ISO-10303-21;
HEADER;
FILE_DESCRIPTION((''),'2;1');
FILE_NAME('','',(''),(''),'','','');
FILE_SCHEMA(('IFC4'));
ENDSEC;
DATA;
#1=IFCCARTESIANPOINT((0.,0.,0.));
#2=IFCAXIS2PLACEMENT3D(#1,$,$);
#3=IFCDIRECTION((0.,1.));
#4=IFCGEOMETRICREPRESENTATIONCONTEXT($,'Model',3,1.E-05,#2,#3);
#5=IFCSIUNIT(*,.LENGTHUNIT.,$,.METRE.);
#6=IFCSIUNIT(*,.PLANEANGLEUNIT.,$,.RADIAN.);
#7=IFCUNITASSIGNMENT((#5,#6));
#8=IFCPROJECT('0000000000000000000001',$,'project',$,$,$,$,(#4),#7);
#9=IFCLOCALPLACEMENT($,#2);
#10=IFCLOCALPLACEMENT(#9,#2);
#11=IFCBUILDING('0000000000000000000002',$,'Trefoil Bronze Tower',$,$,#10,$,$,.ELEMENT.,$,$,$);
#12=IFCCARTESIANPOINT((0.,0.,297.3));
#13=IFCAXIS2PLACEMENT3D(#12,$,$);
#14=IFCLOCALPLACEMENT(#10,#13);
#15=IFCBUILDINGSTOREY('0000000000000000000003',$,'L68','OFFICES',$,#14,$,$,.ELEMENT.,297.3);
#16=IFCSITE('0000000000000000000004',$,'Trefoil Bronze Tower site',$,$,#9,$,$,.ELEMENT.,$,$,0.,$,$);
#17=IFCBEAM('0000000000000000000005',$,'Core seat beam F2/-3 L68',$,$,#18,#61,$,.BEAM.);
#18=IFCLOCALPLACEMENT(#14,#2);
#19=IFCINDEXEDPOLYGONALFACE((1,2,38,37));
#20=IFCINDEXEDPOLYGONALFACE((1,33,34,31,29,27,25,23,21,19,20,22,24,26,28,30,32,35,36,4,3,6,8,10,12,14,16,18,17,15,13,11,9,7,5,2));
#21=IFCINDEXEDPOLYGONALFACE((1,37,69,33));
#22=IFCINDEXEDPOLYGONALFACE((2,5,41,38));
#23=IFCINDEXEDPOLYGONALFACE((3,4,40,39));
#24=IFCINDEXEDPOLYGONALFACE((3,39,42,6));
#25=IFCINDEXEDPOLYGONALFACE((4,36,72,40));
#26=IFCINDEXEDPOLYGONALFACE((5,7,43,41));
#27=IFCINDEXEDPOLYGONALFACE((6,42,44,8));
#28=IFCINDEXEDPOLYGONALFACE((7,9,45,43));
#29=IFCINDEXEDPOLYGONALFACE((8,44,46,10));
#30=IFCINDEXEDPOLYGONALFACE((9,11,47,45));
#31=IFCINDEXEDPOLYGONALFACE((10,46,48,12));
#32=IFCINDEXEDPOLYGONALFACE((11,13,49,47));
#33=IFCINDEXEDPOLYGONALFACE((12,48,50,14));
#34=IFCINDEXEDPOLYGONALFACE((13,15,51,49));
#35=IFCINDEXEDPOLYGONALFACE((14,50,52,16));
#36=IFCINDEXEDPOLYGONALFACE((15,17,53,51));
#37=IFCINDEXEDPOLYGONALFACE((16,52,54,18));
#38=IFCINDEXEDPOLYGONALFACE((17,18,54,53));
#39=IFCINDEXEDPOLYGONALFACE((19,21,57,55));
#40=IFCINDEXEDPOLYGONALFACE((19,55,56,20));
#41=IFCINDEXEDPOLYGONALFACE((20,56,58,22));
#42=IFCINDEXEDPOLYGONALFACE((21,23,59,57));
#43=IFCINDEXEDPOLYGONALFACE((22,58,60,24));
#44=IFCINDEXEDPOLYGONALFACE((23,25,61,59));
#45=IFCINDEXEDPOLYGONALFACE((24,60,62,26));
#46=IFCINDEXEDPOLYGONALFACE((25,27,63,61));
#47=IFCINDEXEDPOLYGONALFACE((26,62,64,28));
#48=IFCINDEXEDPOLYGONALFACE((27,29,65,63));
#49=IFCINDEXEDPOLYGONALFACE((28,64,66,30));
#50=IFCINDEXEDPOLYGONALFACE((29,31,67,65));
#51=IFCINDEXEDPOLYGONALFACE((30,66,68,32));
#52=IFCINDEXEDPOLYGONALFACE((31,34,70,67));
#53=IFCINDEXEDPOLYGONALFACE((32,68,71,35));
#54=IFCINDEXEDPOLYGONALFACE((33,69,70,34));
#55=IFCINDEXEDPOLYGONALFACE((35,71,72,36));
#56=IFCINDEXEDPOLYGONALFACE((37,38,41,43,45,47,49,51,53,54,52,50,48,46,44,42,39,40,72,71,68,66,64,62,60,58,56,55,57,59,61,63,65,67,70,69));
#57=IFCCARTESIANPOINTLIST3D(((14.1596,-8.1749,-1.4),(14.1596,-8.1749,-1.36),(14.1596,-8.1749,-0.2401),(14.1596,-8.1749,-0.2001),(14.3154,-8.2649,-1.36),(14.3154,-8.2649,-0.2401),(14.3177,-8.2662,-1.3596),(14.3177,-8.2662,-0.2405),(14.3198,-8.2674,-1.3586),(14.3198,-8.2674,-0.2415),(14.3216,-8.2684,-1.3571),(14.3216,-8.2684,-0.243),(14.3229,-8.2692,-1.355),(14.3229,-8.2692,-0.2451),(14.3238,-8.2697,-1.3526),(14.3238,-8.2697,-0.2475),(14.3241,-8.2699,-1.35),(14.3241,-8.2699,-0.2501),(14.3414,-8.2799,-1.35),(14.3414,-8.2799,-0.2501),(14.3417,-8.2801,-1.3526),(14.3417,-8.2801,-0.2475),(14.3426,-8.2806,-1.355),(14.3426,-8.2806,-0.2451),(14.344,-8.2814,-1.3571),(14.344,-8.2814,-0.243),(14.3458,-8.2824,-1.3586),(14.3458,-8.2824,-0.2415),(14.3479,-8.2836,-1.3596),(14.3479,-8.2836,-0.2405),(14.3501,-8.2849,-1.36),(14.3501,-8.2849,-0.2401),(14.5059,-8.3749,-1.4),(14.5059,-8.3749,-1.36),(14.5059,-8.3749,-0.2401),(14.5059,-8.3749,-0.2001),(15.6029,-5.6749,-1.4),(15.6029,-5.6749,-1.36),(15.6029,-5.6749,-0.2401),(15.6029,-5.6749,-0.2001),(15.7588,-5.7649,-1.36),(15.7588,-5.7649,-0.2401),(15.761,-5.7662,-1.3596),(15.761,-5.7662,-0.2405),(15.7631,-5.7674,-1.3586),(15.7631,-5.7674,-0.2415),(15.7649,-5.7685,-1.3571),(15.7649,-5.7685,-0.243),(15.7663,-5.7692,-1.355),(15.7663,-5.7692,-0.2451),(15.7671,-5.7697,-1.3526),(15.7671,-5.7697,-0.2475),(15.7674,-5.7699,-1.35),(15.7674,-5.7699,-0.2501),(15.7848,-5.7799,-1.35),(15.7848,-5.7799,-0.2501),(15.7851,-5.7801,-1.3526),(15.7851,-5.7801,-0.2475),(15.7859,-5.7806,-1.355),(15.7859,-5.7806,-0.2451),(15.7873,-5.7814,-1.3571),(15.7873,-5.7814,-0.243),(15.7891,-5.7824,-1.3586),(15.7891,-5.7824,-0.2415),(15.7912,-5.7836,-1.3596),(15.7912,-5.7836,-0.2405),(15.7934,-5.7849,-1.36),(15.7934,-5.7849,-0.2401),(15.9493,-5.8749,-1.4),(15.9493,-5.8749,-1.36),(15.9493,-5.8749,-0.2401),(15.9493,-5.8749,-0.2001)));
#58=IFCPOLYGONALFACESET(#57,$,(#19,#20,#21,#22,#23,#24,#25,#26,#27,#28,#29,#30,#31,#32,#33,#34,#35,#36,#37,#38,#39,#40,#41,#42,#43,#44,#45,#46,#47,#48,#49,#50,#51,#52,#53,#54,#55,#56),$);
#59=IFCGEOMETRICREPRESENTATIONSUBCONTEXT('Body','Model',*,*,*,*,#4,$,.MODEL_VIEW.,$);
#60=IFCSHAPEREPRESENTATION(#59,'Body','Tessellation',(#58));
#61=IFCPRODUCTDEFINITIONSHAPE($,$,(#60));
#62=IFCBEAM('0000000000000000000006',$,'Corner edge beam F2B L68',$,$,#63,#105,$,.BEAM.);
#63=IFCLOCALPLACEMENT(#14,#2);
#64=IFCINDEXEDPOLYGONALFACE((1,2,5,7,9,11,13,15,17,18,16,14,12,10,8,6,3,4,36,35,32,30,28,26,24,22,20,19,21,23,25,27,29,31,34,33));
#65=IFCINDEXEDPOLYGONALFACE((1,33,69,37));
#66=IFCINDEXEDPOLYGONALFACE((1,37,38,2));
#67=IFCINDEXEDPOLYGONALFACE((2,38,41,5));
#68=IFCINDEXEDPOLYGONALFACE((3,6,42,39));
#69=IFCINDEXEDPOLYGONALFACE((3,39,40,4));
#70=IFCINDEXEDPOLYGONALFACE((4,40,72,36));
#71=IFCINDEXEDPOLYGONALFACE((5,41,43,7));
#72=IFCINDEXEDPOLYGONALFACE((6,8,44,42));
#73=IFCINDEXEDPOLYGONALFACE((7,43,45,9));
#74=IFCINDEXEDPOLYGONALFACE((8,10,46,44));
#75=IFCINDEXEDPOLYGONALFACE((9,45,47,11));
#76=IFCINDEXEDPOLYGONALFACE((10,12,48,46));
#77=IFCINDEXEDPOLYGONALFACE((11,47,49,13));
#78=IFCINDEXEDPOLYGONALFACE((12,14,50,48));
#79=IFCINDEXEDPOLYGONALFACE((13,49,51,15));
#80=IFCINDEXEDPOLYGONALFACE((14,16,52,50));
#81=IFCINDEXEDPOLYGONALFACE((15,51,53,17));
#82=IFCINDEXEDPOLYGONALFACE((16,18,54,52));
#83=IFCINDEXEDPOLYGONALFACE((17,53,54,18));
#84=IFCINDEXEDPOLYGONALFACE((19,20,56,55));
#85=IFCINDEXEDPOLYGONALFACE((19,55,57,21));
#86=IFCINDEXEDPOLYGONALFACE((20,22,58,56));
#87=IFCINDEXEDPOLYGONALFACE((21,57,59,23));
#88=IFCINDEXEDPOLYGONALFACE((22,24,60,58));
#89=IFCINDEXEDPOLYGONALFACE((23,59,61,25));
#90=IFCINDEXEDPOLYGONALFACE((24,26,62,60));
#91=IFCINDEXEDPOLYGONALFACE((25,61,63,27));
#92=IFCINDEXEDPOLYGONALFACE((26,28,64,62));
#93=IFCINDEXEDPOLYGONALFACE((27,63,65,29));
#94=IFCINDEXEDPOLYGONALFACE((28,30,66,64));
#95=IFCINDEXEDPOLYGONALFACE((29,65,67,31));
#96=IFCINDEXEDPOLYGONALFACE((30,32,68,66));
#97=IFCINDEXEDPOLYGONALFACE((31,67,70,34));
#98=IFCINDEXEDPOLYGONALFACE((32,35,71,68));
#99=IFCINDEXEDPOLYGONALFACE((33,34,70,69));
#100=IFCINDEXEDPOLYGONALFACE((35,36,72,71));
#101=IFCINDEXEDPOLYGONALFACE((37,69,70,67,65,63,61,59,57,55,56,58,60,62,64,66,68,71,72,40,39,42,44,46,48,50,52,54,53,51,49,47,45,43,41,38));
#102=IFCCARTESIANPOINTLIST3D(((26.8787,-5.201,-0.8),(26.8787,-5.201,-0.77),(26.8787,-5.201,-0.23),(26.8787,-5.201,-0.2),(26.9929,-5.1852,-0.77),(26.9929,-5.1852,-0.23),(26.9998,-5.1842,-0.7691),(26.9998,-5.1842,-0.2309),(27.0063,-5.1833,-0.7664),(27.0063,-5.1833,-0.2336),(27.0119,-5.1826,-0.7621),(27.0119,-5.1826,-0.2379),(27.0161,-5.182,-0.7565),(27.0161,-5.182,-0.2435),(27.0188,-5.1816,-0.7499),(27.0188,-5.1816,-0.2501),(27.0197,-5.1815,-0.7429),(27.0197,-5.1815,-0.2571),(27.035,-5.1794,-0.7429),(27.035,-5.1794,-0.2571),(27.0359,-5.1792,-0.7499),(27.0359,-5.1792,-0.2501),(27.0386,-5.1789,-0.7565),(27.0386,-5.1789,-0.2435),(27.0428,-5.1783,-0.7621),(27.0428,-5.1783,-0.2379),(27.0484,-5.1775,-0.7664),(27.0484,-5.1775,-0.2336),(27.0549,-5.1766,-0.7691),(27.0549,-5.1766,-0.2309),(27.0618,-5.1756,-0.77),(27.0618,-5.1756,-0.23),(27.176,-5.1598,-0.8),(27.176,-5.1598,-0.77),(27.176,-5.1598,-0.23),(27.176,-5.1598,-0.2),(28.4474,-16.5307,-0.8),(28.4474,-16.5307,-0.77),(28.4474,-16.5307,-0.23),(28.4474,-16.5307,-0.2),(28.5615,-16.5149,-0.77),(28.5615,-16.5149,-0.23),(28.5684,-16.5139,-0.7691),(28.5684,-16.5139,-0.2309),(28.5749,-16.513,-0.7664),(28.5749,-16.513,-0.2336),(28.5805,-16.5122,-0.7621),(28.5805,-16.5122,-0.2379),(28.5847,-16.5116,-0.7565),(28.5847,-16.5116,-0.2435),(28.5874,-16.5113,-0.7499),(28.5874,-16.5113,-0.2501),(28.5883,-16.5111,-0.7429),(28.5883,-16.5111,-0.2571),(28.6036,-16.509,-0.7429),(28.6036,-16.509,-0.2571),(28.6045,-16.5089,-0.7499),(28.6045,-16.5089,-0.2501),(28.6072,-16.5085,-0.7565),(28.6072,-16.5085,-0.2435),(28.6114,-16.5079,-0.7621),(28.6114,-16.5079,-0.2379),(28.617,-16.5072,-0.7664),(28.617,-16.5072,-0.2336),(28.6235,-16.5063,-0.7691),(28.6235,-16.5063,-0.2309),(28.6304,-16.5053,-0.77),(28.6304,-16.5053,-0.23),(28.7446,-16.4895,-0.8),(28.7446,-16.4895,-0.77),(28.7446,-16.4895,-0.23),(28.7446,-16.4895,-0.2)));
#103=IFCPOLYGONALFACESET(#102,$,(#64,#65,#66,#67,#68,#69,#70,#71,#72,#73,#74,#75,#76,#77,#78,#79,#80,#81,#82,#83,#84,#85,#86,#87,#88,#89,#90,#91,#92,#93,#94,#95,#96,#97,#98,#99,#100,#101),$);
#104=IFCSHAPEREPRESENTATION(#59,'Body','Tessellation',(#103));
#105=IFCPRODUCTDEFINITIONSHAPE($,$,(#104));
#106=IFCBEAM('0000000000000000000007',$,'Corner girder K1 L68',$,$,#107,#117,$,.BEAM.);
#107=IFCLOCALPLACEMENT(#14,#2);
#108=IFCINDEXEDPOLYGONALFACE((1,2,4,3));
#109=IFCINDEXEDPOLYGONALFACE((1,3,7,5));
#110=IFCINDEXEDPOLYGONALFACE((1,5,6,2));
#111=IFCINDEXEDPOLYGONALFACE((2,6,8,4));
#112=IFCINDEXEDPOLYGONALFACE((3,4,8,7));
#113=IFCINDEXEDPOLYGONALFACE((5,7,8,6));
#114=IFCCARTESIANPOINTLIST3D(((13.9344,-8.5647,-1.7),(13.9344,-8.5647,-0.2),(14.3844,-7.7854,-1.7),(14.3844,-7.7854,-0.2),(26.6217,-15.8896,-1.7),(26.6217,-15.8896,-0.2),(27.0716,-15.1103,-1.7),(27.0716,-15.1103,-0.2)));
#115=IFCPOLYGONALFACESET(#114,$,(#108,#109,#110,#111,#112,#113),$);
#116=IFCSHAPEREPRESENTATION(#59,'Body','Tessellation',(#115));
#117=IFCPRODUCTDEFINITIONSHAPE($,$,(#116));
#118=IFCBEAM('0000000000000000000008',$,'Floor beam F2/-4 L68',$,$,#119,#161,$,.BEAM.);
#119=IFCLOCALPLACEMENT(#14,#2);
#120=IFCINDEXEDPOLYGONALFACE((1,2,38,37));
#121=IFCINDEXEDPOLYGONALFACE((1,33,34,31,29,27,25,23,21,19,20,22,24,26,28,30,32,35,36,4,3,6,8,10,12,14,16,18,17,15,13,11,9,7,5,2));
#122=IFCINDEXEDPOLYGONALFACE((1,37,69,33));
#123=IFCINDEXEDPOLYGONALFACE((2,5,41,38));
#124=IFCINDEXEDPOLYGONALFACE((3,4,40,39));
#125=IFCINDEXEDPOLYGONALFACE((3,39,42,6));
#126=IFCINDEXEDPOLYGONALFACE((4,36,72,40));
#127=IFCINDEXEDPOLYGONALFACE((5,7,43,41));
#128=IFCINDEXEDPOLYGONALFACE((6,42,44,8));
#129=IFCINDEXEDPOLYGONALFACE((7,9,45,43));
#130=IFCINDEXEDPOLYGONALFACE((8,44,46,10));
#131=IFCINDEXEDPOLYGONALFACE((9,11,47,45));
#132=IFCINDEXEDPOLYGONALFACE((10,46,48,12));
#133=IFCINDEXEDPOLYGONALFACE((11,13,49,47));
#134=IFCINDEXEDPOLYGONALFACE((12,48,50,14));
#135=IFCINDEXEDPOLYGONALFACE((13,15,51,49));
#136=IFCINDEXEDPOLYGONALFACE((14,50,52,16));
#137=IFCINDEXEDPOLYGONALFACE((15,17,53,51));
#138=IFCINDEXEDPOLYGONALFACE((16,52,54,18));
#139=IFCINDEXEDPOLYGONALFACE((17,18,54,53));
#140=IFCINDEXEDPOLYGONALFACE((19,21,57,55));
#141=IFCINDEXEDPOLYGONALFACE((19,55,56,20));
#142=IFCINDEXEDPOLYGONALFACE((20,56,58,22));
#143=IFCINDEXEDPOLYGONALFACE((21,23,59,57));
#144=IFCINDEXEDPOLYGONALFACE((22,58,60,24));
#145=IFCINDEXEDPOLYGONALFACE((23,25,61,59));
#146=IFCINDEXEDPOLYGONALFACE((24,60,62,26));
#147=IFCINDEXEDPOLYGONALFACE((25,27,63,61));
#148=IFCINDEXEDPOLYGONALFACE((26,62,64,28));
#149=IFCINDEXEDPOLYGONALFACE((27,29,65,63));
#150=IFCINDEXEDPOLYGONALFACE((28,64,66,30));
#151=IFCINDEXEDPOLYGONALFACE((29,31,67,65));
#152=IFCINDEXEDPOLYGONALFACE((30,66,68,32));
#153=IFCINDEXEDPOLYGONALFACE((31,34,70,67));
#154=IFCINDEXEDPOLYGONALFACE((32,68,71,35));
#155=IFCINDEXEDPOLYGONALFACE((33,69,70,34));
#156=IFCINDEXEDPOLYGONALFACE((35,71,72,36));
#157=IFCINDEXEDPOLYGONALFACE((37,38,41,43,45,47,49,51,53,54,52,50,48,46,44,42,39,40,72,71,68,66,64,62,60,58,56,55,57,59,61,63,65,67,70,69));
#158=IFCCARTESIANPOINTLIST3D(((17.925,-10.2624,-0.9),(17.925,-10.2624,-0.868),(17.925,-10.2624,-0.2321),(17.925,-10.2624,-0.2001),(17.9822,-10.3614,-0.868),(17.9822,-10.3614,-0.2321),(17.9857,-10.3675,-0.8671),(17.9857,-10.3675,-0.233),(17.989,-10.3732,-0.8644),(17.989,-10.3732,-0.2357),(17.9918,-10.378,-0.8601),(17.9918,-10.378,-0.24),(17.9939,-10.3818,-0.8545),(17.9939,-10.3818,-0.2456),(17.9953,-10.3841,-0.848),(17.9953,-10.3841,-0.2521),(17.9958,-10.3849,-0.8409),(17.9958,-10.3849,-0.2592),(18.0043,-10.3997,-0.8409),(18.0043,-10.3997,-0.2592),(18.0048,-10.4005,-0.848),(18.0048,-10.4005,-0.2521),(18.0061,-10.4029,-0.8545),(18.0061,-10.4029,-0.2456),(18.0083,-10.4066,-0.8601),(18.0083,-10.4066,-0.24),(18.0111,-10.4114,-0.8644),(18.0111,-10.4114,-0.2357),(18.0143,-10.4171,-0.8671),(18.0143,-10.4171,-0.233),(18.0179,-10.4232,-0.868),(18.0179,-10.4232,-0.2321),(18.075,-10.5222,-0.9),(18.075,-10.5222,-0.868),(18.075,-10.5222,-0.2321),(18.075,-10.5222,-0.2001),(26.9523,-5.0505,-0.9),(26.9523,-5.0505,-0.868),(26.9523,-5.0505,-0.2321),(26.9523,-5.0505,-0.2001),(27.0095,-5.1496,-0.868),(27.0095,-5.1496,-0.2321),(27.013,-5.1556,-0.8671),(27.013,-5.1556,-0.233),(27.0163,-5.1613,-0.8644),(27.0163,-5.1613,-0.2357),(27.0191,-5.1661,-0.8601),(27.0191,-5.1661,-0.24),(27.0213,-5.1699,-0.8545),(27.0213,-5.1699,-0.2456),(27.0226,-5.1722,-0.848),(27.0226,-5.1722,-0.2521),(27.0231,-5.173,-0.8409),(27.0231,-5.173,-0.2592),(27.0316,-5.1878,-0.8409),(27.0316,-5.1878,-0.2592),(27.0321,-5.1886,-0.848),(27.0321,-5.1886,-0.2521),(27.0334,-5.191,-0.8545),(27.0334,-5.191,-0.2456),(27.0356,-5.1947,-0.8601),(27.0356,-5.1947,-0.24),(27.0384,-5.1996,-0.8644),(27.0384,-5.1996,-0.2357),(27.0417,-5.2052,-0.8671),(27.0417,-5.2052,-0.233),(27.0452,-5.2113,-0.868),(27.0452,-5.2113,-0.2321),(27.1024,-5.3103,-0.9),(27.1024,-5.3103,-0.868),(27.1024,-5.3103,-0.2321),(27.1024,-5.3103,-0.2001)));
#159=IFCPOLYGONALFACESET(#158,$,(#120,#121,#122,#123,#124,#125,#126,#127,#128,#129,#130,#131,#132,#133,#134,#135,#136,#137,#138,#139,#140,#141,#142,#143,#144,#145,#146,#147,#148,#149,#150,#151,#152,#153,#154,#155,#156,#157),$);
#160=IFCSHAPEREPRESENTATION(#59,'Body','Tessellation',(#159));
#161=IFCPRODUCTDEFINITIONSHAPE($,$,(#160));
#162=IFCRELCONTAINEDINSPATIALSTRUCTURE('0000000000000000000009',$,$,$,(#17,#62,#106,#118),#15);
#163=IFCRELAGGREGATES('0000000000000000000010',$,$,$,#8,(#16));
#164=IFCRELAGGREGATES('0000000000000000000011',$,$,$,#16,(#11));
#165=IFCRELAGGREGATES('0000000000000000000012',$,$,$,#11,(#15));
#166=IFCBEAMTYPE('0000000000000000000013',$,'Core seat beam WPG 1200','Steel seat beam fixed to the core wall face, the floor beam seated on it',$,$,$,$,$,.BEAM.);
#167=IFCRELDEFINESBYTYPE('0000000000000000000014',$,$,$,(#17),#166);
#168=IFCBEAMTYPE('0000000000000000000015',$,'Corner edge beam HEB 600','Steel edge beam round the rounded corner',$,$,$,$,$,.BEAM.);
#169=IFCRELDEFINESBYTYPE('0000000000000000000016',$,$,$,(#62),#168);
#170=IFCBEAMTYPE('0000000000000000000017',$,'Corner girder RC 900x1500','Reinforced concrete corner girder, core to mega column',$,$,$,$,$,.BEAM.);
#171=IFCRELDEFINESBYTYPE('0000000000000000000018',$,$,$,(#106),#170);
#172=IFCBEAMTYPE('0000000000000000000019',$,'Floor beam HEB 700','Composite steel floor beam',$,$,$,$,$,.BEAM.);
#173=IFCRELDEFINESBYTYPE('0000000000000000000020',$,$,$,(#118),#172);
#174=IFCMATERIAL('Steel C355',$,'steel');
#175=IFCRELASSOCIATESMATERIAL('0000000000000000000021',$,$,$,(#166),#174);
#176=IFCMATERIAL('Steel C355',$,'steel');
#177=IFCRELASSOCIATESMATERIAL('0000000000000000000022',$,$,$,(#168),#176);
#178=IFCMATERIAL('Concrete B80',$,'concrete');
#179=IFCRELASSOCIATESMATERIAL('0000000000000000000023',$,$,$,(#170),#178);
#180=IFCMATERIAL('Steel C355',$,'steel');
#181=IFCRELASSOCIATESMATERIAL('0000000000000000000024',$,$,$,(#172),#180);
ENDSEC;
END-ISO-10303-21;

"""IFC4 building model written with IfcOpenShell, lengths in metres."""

from ifc_helpers import new_model, si_unit, direction, frame, origin, origin_2d, place, context, subcontext, project, spatial, rectangle, i_section, extrude, material, material_profile, profile_set, type_object, element, save


model = new_model("IFC4")

# Units and contexts
model_context = context("Model", 3, precision=1e-05, world=origin(), true_north=direction((0.0, 1.0)))
body_context = subcontext(model_context, "Body", "Model", "MODEL_VIEW")
ifc_project = project(units=[si_unit("LENGTHUNIT", "METRE"), si_unit("PLANEANGLEUNIT", "RADIAN")], contexts=[model_context])

# Site, building, storey
site_placement = place(None, origin())
site = spatial("IfcSite", under=ifc_project, at=site_placement, Name="Trefoil Bronze Tower site", CompositionType="ELEMENT", RefElevation=0.0)
building_placement = place(site_placement, origin())
building = spatial("IfcBuilding", under=site, at=building_placement, Name="Trefoil Bronze Tower", CompositionType="ELEMENT")
storey_placement = place(building_placement, frame((0.0, 0.0, 297.3)))
storey = spatial("IfcBuildingStorey", under=building, at=storey_placement, Name="L68", Description="OFFICES", CompositionType="ELEMENT", Elevation=297.3)

# Beams
ifc_material_1 = material(Name="Steel C355", Category="steel")
ifc_material_profile_1 = material_profile(ifc_material_1, i_section(OverallWidth=0.3999, OverallDepth=1.2, WebThickness=0.02, FlangeThickness=0.04, FilletRadius=0.01, at=origin_2d()), Name="WPG 1200")
ifc_profile_set_1 = profile_set([ifc_material_profile_1], Name="Steel C355")
beam_type_1 = type_object("IfcBeamType", Name="Core seat beam WPG 1200", Description="Steel seat beam fixed to the core wall face, the floor beam seated on it", PredefinedType="BEAM", material=ifc_profile_set_1)
beam_1_placement = place(storey_placement, frame((14.3328, -8.2749, -0.8), z_axis=(0.499996, 0.866028, 0.0), x_axis=(-0.866028, 0.499996, 0.0)))
element("IfcBeam", 1, at=beam_1_placement, inside=storey, type_object=beam_type_1, Name="Core seat beam F2/-3 L68", PredefinedType="BEAM", context=body_context, shape_type="SweptSolid", body=[
    extrude(i_section(OverallWidth=0.3999, OverallDepth=1.2, WebThickness=0.02, FlangeThickness=0.04, FilletRadius=0.01, at=origin_2d()), origin(), (0.0, 0.0, 1.0), 2.8867),
])
ifc_material_2 = material(Name="Steel C355", Category="steel")
ifc_material_profile_2 = material_profile(ifc_material_2, i_section(OverallWidth=0.3, OverallDepth=0.6001, WebThickness=0.0154, FlangeThickness=0.03, FilletRadius=0.0271, at=origin_2d()), Name="HEB 600")
ifc_profile_set_2 = profile_set([ifc_material_profile_2], Name="Steel C355")
beam_type_2 = type_object("IfcBeamType", Name="Corner edge beam HEB 600", Description="Steel edge beam round the rounded corner", PredefinedType="BEAM", material=ifc_profile_set_2)
beam_2_placement = place(storey_placement, frame((27.0273, -5.1804, -0.5), z_axis=(0.137144, -0.990551, 0.0), x_axis=(0.990551, 0.137144, 0.0)))
element("IfcBeam", 2, at=beam_2_placement, inside=storey, type_object=beam_type_2, Name="Corner edge beam F2B L68", PredefinedType="BEAM", context=body_context, shape_type="SweptSolid", body=[
    extrude(i_section(OverallWidth=0.3, OverallDepth=0.6001, WebThickness=0.0154, FlangeThickness=0.03, FilletRadius=0.0271, at=origin_2d()), origin(), (0.0, 0.0, 1.0), 11.4377),
])
ifc_material_3 = material(Name="Concrete B80", Category="concrete")
ifc_material_profile_3 = material_profile(ifc_material_3, rectangle(XDim=0.8999, YDim=1.5, at=origin_2d()), Name="RC 900x1500")
ifc_profile_set_3 = profile_set([ifc_material_profile_3], Name="Concrete B80")
beam_type_3 = type_object("IfcBeamType", Name="Corner girder RC 900x1500", Description="Reinforced concrete corner girder, core to mega column", PredefinedType="BEAM", material=ifc_profile_set_3)
beam_3_placement = place(storey_placement, frame((14.1594, -8.175, -0.95), z_axis=(0.866027, -0.499998, 0.0), x_axis=(0.499998, 0.866027, 0.0)))
element("IfcBeam", 3, at=beam_3_placement, inside=storey, type_object=beam_type_3, Name="Corner girder K1 L68", PredefinedType="BEAM", context=body_context, shape_type="SweptSolid", body=[
    extrude(rectangle(XDim=0.8999, YDim=1.5, at=origin_2d()), origin(), (0.0, 0.0, 1.0), 14.6499),
])
ifc_material_4 = material(Name="Steel C355", Category="steel")
ifc_material_profile_4 = material_profile(ifc_material_4, i_section(OverallWidth=0.3, OverallDepth=0.7, WebThickness=0.0171, FlangeThickness=0.032, FilletRadius=0.0271, at=origin_2d()), Name="HEB 700")
ifc_profile_set_4 = profile_set([ifc_material_profile_4], Name="Steel C355")
beam_type_4 = type_object("IfcBeamType", Name="Floor beam HEB 700", Description="Composite steel floor beam", PredefinedType="BEAM", material=ifc_profile_set_4)
beam_4_placement = place(storey_placement, frame((27.0273, -5.1804, -0.55), z_axis=(-0.866026, -0.499998, 0.0), x_axis=(0.499998, -0.866026, 0.0)))
element("IfcBeam", 4, at=beam_4_placement, inside=storey, type_object=beam_type_4, Name="Floor beam F2/-4 L68", PredefinedType="BEAM", context=body_context, shape_type="SweptSolid", body=[
    extrude(i_section(OverallWidth=0.3, OverallDepth=0.7, WebThickness=0.0171, FlangeThickness=0.032, FilletRadius=0.0271, at=origin_2d()), origin(), (0.0, 0.0, 1.0), 10.4238),
])

save(model, "model.ifc")
